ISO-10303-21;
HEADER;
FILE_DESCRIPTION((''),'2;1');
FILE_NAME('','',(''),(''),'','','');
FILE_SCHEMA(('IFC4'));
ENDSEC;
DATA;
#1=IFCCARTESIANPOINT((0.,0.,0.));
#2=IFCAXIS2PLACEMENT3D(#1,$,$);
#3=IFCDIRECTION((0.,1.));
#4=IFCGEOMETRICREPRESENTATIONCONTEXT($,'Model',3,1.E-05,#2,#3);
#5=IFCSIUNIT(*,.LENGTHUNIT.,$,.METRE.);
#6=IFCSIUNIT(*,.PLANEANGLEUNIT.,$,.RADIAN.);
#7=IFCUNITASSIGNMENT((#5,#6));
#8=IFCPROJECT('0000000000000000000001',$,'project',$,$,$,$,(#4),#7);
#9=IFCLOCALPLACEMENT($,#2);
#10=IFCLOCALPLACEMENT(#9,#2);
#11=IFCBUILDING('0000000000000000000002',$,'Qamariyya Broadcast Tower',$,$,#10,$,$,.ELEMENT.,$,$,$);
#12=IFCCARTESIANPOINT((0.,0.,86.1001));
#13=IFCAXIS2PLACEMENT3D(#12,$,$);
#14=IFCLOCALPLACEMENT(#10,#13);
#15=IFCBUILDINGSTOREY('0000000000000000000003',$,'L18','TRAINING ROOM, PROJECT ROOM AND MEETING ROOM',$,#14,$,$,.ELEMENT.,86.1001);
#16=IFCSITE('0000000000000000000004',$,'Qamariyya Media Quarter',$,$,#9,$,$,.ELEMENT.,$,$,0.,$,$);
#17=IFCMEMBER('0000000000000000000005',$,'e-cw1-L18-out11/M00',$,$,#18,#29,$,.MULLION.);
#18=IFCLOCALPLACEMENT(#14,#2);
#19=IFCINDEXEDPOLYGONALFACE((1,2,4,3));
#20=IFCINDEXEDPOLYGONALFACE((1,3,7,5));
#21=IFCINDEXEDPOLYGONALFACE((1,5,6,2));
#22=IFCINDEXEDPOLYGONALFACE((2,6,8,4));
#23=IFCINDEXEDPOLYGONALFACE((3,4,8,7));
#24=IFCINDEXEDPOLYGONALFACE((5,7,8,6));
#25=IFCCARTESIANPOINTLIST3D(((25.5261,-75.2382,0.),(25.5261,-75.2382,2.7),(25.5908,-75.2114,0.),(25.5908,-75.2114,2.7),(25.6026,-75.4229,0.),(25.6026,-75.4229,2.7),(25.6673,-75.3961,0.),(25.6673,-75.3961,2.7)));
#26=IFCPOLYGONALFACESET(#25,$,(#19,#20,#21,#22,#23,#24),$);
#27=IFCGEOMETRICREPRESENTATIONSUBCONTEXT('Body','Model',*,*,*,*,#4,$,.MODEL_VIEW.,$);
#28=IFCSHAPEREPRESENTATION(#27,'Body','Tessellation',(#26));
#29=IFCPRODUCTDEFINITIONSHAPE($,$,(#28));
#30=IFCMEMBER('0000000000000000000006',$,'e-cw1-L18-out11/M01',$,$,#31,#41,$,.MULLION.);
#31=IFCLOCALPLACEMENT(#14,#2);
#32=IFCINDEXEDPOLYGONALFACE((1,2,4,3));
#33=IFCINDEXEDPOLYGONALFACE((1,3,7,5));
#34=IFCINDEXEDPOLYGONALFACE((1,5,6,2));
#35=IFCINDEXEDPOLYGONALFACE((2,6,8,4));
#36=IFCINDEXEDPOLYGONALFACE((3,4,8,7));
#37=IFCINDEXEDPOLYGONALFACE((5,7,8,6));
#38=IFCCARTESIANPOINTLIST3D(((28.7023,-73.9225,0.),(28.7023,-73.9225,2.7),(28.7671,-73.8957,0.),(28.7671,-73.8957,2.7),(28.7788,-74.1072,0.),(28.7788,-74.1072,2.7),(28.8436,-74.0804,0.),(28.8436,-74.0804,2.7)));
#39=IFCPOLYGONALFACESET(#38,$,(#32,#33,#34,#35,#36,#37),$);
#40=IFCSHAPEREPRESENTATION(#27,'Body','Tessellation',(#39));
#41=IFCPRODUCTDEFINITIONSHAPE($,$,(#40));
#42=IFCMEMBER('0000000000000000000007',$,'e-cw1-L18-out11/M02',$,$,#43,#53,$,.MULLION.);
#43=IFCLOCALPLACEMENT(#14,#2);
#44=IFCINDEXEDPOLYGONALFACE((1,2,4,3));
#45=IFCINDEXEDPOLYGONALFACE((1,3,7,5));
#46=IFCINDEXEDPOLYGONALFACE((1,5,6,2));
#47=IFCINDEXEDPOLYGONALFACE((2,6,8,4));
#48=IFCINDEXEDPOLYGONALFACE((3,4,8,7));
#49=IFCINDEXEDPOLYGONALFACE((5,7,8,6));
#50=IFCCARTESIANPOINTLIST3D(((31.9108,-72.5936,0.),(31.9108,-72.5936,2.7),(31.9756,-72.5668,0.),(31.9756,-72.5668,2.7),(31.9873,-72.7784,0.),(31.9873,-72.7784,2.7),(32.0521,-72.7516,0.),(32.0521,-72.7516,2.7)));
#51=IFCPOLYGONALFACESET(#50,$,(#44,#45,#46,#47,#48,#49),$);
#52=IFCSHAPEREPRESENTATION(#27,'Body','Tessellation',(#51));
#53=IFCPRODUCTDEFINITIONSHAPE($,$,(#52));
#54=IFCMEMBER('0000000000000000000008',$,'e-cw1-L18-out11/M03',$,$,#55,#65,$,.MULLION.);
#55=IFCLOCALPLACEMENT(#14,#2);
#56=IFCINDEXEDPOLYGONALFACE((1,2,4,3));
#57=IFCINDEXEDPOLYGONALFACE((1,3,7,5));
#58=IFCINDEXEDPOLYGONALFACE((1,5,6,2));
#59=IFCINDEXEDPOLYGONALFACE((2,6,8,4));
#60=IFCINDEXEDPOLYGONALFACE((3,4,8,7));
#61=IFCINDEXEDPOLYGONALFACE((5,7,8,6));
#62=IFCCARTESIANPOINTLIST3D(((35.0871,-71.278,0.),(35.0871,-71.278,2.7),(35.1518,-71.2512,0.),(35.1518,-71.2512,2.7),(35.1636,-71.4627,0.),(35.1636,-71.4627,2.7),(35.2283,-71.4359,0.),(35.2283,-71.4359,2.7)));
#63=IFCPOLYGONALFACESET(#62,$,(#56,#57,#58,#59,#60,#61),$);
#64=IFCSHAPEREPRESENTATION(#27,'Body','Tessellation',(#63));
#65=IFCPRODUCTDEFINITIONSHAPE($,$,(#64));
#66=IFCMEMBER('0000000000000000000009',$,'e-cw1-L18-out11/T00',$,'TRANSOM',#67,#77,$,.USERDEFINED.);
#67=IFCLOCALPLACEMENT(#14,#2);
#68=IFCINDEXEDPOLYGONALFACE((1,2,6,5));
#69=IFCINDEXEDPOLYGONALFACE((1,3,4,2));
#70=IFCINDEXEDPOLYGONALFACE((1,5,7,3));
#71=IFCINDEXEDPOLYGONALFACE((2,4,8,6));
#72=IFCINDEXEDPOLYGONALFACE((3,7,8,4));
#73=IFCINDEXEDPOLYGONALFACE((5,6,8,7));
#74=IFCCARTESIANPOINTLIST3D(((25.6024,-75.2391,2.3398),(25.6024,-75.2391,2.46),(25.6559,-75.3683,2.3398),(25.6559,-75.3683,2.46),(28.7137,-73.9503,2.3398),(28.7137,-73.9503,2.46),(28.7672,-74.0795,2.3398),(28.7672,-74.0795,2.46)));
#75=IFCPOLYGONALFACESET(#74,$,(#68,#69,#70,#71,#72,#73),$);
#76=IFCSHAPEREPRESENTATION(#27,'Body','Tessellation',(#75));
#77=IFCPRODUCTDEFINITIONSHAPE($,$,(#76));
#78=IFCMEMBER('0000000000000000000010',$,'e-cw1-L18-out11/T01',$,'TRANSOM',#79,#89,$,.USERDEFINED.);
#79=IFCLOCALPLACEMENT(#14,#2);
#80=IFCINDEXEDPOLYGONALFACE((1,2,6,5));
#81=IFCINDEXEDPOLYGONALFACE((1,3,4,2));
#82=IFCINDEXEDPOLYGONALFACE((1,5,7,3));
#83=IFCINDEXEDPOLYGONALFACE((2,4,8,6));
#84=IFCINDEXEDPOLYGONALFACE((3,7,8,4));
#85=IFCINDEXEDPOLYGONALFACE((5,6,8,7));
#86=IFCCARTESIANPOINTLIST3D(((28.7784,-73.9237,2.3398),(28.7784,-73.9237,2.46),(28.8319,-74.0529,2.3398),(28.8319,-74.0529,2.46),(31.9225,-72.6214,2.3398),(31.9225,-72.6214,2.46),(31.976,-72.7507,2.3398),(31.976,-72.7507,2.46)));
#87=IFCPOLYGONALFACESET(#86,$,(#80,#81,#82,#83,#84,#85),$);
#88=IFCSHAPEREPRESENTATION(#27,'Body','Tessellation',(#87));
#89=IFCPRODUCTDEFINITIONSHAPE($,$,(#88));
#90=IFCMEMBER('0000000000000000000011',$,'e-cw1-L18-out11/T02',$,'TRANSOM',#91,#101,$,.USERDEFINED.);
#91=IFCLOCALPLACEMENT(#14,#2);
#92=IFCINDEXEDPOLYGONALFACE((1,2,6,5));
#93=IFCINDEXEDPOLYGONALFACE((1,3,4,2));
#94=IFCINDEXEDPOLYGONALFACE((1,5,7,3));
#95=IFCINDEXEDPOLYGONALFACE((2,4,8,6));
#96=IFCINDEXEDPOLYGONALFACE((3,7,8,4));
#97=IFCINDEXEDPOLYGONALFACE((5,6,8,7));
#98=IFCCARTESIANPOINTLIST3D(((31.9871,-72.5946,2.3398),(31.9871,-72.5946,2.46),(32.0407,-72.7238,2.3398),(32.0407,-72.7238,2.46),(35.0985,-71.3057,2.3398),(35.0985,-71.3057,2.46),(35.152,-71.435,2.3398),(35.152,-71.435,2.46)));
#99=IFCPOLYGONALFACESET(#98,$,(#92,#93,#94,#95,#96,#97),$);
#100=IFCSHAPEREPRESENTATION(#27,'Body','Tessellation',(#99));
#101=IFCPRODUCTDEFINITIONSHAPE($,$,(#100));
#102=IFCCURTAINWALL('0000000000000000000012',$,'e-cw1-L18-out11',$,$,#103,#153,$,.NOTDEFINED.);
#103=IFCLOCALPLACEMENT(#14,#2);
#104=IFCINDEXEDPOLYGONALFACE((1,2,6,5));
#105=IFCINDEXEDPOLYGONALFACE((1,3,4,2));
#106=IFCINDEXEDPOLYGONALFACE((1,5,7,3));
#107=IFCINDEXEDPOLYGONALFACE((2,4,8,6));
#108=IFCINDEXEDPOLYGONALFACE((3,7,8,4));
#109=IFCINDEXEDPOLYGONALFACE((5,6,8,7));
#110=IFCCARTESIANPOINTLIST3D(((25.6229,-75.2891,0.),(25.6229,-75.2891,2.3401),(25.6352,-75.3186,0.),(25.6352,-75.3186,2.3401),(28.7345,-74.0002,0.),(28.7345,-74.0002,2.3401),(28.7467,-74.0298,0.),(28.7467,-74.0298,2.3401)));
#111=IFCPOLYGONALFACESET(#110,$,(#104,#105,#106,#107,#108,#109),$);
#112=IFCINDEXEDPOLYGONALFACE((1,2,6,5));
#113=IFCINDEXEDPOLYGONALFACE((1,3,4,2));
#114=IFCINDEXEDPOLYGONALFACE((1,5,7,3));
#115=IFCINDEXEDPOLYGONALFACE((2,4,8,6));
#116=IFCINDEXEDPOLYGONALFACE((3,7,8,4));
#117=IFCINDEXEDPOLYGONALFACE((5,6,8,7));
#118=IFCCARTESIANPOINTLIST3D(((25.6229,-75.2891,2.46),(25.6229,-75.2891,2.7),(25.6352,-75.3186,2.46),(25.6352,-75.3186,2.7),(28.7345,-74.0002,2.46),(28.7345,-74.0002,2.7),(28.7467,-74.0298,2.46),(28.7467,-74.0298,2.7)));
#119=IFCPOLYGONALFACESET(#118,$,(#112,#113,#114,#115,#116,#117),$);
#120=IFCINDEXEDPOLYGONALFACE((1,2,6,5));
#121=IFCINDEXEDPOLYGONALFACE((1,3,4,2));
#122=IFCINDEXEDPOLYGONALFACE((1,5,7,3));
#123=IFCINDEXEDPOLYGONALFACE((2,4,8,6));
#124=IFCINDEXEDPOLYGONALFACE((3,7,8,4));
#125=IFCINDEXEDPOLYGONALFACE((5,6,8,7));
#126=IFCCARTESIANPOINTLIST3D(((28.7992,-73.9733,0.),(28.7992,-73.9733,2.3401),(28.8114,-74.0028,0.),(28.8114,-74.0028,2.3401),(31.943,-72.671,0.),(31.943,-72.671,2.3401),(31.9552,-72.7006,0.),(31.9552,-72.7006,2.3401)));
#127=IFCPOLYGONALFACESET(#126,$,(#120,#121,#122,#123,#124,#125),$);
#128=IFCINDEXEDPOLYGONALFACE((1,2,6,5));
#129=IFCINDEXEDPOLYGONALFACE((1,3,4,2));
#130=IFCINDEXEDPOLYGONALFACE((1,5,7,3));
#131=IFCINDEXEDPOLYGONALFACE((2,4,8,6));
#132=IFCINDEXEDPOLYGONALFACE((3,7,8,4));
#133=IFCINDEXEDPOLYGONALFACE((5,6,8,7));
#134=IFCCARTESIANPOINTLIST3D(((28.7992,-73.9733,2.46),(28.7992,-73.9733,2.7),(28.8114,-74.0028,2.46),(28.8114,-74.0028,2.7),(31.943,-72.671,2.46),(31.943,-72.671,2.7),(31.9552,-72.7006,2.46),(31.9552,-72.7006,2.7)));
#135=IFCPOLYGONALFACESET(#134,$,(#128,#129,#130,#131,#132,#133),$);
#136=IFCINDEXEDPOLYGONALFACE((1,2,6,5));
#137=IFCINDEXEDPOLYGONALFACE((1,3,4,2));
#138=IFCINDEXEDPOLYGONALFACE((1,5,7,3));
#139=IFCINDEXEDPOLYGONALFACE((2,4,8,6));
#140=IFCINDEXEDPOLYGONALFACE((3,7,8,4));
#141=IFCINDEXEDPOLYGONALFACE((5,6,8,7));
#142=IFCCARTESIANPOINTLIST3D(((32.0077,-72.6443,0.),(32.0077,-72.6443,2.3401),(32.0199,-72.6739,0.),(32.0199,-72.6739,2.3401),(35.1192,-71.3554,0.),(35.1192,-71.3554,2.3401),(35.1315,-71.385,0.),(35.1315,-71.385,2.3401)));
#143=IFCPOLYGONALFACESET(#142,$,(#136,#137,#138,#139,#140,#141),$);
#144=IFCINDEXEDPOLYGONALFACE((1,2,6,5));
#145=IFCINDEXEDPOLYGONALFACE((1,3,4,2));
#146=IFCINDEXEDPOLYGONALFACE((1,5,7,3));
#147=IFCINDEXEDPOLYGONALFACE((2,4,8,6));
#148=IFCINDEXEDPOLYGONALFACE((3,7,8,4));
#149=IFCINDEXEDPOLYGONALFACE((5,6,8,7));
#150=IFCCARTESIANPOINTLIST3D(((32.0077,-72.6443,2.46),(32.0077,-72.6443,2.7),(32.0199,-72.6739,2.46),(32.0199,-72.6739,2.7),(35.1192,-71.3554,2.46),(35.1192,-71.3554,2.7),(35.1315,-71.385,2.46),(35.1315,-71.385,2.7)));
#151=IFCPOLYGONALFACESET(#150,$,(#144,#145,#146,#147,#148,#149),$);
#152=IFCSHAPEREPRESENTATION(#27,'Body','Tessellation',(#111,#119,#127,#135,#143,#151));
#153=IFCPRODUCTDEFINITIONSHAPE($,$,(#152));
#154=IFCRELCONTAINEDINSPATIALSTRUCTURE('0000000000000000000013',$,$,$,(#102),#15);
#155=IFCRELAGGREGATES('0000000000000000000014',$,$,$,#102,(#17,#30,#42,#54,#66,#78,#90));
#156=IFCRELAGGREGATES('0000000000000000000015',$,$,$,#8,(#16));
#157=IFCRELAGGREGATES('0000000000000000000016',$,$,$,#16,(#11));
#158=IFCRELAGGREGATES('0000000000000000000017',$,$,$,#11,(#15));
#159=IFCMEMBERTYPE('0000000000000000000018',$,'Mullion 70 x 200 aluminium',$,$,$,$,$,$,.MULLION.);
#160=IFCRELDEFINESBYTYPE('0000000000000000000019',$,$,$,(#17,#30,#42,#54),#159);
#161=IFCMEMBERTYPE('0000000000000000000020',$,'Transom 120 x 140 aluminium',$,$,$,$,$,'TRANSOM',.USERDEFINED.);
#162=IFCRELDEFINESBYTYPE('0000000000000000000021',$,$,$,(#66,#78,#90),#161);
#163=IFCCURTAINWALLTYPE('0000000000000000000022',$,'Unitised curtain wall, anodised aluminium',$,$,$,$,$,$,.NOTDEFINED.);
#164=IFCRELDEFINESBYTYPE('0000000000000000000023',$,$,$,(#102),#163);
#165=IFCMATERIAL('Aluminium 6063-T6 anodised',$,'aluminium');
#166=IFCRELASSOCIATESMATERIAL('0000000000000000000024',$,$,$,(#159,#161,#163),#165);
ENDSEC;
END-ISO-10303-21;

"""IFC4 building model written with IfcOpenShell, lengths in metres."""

from ifc_helpers import new_model, si_unit, direction, frame, origin, origin_2d, place, context, subcontext, project, spatial, rectangle, extrude, material, material_profile, profile_set, type_object, element, aggregate, save


model = new_model("IFC4")

# Units and contexts
model_context = context("Model", 3, precision=1e-05, world=origin(), true_north=direction((0.0, 1.0)))
body_context = subcontext(model_context, "Body", "Model", "MODEL_VIEW")
ifc_project = project(units=[si_unit("LENGTHUNIT", "METRE"), si_unit("PLANEANGLEUNIT", "RADIAN")], contexts=[model_context])

# Members
ifc_material = material(Name="Aluminium 6063-T6 anodised", Category="aluminium")
ifc_material_profile_1 = material_profile(ifc_material, rectangle(XDim=0.2, YDim=0.0701, at=origin_2d()))
ifc_profile_set_1 = profile_set([ifc_material_profile_1], Name="Aluminium 6063-T6 anodised")
member_type_1 = type_object("IfcMemberType", Name="Mullion 70 x 200 aluminium", PredefinedType="MULLION", material=ifc_profile_set_1)
site_placement = place(None, origin())
building_placement = place(site_placement, origin())
storey_placement = place(building_placement, frame((0.0, 0.0, 86.1001)))
member_1_placement = place(storey_placement, frame((25.5967, -75.3171, 0.0), z_axis=(0.0, 0.0, 1.0), x_axis=(-0.382683, 0.92388, 0.0)))
member_1 = element("IfcMember", 1, at=member_1_placement, type_object=member_type_1, Name="e-cw1-L18-out11/M00", PredefinedType="MULLION", context=body_context, shape_type="SweptSolid", body=[
    extrude(rectangle(XDim=0.2, YDim=0.0701, at=origin_2d()), origin(), (0.0, 0.0, 1.0), 2.7),
])
member_2_placement = place(storey_placement, frame((28.7729, -74.0015, 0.0), z_axis=(0.0, 0.0, 1.0), x_axis=(-0.382683, 0.92388, 0.0)))
member_2 = element("IfcMember", 2, at=member_2_placement, type_object=member_type_1, Name="e-cw1-L18-out11/M01", PredefinedType="MULLION", context=body_context, shape_type="SweptSolid", body=[
    extrude(rectangle(XDim=0.2, YDim=0.0701, at=origin_2d()), origin(), (0.0, 0.0, 1.0), 2.7),
])
member_3_placement = place(storey_placement, frame((31.9814, -72.6726, 0.0), z_axis=(0.0, 0.0, 1.0), x_axis=(-0.382683, 0.92388, 0.0)))
member_3 = element("IfcMember", 3, at=member_3_placement, type_object=member_type_1, Name="e-cw1-L18-out11/M02", PredefinedType="MULLION", context=body_context, shape_type="SweptSolid", body=[
    extrude(rectangle(XDim=0.2, YDim=0.0701, at=origin_2d()), origin(), (0.0, 0.0, 1.0), 2.7),
])
member_4_placement = place(storey_placement, frame((35.1577, -71.3569, 0.0), z_axis=(0.0, 0.0, 1.0), x_axis=(-0.382683, 0.92388, 0.0)))
member_4 = element("IfcMember", 4, at=member_4_placement, type_object=member_type_1, Name="e-cw1-L18-out11/M03", PredefinedType="MULLION", context=body_context, shape_type="SweptSolid", body=[
    extrude(rectangle(XDim=0.2, YDim=0.0701, at=origin_2d()), origin(), (0.0, 0.0, 1.0), 2.7),
])
ifc_material_profile_2 = material_profile(ifc_material, rectangle(XDim=0.1399, YDim=0.1201, at=origin_2d()))
ifc_profile_set_2 = profile_set([ifc_material_profile_2], Name="Aluminium 6063-T6 anodised")
member_type_2 = type_object("IfcMemberType", Name="Transom 120 x 140 aluminium", ElementType="TRANSOM", PredefinedType="USERDEFINED", material=ifc_profile_set_2)
member_5_placement = place(storey_placement, frame((25.6292, -75.3037, 2.3999), z_axis=(0.923873, 0.3827, 0.0), x_axis=(-0.3827, 0.923873, 0.0)))
member_5 = element("IfcMember", 5, at=member_5_placement, type_object=member_type_2, Name="e-cw1-L18-out11/T00", ObjectType="TRANSOM", PredefinedType="USERDEFINED", context=body_context, shape_type="SweptSolid", body=[
    extrude(rectangle(XDim=0.1399, YDim=0.1201, at=origin_2d()), origin(), (0.0, 0.0, 1.0), 3.3677),
])
member_6_placement = place(storey_placement, frame((28.8052, -73.9883, 2.3999), z_axis=(0.923886, 0.382669, 0.0), x_axis=(-0.382669, 0.923886, 0.0)))
member_6 = element("IfcMember", 6, at=member_6_placement, type_object=member_type_2, Name="e-cw1-L18-out11/T01", ObjectType="TRANSOM", PredefinedType="USERDEFINED", context=body_context, shape_type="SweptSolid", body=[
    extrude(rectangle(XDim=0.1399, YDim=0.1201, at=origin_2d()), origin(), (0.0, 0.0, 1.0), 3.4031),
])
member_7_placement = place(storey_placement, frame((32.0139, -72.6592, 2.3999), z_axis=(0.923873, 0.3827, 0.0), x_axis=(-0.3827, 0.923873, 0.0)))
member_7 = element("IfcMember", 7, at=member_7_placement, type_object=member_type_2, Name="e-cw1-L18-out11/T02", ObjectType="TRANSOM", PredefinedType="USERDEFINED", context=body_context, shape_type="SweptSolid", body=[
    extrude(rectangle(XDim=0.1399, YDim=0.1201, at=origin_2d()), origin(), (0.0, 0.0, 1.0), 3.3677),
])

# Site, building, storey
site = spatial("IfcSite", under=ifc_project, at=site_placement, Name="Qamariyya Media Quarter", CompositionType="ELEMENT", RefElevation=0.0)
building = spatial("IfcBuilding", under=site, at=building_placement, Name="Qamariyya Broadcast Tower", CompositionType="ELEMENT")
storey = spatial("IfcBuildingStorey", under=building, at=storey_placement, Name="L18", Description="TRAINING ROOM, PROJECT ROOM AND MEETING ROOM", CompositionType="ELEMENT", Elevation=86.1001)

# Curtain wall
curtain_wall_type = type_object("IfcCurtainWallType", Name="Unitised curtain wall, anodised aluminium", PredefinedType="NOTDEFINED", material=ifc_material)
curtain_wall_1_placement = place(storey_placement, origin())
curtain_wall_1 = element("IfcCurtainWall", 8, at=curtain_wall_1_placement, inside=storey, type_object=curtain_wall_type, Name="e-cw1-L18-out11", PredefinedType="NOTDEFINED", context=body_context, shape_type="SweptSolid", body=[
    extrude(rectangle(XDim=3.3679, YDim=0.032, at=origin_2d()), frame((27.1848, -74.6594, 0.0), x_axis=(0.923878, 0.382688, 0.0)), (0.0, 0.0, 1.0), 2.3401),
    extrude(rectangle(XDim=3.3679, YDim=0.032, at=origin_2d()), frame((27.1848, -74.6594, 2.46), x_axis=(0.923878, 0.382688, 0.0)), (0.0, 0.0, 1.0), 0.24),
    extrude(rectangle(XDim=3.4028, YDim=0.032, at=origin_2d()), frame((30.3772, -73.3369, 0.0), x_axis=(0.923878, 0.382688, 0.0)), (0.0, 0.0, 1.0), 2.3401),
    extrude(rectangle(XDim=3.4028, YDim=0.032, at=origin_2d()), frame((30.3772, -73.3369, 2.46), x_axis=(0.923878, 0.382688, 0.0)), (0.0, 0.0, 1.0), 0.24),
    extrude(rectangle(XDim=3.3679, YDim=0.032, at=origin_2d()), frame((33.5696, -72.0146, 0.0), x_axis=(0.923878, 0.382688, 0.0)), (0.0, 0.0, 1.0), 2.3401),
    extrude(rectangle(XDim=3.3679, YDim=0.032, at=origin_2d()), frame((33.5696, -72.0146, 2.46), x_axis=(0.923878, 0.382688, 0.0)), (0.0, 0.0, 1.0), 0.24),
])
aggregate(curtain_wall_1, [member_1, member_2, member_3, member_4, member_5, member_6, member_7])

save(model, "model.ifc")
